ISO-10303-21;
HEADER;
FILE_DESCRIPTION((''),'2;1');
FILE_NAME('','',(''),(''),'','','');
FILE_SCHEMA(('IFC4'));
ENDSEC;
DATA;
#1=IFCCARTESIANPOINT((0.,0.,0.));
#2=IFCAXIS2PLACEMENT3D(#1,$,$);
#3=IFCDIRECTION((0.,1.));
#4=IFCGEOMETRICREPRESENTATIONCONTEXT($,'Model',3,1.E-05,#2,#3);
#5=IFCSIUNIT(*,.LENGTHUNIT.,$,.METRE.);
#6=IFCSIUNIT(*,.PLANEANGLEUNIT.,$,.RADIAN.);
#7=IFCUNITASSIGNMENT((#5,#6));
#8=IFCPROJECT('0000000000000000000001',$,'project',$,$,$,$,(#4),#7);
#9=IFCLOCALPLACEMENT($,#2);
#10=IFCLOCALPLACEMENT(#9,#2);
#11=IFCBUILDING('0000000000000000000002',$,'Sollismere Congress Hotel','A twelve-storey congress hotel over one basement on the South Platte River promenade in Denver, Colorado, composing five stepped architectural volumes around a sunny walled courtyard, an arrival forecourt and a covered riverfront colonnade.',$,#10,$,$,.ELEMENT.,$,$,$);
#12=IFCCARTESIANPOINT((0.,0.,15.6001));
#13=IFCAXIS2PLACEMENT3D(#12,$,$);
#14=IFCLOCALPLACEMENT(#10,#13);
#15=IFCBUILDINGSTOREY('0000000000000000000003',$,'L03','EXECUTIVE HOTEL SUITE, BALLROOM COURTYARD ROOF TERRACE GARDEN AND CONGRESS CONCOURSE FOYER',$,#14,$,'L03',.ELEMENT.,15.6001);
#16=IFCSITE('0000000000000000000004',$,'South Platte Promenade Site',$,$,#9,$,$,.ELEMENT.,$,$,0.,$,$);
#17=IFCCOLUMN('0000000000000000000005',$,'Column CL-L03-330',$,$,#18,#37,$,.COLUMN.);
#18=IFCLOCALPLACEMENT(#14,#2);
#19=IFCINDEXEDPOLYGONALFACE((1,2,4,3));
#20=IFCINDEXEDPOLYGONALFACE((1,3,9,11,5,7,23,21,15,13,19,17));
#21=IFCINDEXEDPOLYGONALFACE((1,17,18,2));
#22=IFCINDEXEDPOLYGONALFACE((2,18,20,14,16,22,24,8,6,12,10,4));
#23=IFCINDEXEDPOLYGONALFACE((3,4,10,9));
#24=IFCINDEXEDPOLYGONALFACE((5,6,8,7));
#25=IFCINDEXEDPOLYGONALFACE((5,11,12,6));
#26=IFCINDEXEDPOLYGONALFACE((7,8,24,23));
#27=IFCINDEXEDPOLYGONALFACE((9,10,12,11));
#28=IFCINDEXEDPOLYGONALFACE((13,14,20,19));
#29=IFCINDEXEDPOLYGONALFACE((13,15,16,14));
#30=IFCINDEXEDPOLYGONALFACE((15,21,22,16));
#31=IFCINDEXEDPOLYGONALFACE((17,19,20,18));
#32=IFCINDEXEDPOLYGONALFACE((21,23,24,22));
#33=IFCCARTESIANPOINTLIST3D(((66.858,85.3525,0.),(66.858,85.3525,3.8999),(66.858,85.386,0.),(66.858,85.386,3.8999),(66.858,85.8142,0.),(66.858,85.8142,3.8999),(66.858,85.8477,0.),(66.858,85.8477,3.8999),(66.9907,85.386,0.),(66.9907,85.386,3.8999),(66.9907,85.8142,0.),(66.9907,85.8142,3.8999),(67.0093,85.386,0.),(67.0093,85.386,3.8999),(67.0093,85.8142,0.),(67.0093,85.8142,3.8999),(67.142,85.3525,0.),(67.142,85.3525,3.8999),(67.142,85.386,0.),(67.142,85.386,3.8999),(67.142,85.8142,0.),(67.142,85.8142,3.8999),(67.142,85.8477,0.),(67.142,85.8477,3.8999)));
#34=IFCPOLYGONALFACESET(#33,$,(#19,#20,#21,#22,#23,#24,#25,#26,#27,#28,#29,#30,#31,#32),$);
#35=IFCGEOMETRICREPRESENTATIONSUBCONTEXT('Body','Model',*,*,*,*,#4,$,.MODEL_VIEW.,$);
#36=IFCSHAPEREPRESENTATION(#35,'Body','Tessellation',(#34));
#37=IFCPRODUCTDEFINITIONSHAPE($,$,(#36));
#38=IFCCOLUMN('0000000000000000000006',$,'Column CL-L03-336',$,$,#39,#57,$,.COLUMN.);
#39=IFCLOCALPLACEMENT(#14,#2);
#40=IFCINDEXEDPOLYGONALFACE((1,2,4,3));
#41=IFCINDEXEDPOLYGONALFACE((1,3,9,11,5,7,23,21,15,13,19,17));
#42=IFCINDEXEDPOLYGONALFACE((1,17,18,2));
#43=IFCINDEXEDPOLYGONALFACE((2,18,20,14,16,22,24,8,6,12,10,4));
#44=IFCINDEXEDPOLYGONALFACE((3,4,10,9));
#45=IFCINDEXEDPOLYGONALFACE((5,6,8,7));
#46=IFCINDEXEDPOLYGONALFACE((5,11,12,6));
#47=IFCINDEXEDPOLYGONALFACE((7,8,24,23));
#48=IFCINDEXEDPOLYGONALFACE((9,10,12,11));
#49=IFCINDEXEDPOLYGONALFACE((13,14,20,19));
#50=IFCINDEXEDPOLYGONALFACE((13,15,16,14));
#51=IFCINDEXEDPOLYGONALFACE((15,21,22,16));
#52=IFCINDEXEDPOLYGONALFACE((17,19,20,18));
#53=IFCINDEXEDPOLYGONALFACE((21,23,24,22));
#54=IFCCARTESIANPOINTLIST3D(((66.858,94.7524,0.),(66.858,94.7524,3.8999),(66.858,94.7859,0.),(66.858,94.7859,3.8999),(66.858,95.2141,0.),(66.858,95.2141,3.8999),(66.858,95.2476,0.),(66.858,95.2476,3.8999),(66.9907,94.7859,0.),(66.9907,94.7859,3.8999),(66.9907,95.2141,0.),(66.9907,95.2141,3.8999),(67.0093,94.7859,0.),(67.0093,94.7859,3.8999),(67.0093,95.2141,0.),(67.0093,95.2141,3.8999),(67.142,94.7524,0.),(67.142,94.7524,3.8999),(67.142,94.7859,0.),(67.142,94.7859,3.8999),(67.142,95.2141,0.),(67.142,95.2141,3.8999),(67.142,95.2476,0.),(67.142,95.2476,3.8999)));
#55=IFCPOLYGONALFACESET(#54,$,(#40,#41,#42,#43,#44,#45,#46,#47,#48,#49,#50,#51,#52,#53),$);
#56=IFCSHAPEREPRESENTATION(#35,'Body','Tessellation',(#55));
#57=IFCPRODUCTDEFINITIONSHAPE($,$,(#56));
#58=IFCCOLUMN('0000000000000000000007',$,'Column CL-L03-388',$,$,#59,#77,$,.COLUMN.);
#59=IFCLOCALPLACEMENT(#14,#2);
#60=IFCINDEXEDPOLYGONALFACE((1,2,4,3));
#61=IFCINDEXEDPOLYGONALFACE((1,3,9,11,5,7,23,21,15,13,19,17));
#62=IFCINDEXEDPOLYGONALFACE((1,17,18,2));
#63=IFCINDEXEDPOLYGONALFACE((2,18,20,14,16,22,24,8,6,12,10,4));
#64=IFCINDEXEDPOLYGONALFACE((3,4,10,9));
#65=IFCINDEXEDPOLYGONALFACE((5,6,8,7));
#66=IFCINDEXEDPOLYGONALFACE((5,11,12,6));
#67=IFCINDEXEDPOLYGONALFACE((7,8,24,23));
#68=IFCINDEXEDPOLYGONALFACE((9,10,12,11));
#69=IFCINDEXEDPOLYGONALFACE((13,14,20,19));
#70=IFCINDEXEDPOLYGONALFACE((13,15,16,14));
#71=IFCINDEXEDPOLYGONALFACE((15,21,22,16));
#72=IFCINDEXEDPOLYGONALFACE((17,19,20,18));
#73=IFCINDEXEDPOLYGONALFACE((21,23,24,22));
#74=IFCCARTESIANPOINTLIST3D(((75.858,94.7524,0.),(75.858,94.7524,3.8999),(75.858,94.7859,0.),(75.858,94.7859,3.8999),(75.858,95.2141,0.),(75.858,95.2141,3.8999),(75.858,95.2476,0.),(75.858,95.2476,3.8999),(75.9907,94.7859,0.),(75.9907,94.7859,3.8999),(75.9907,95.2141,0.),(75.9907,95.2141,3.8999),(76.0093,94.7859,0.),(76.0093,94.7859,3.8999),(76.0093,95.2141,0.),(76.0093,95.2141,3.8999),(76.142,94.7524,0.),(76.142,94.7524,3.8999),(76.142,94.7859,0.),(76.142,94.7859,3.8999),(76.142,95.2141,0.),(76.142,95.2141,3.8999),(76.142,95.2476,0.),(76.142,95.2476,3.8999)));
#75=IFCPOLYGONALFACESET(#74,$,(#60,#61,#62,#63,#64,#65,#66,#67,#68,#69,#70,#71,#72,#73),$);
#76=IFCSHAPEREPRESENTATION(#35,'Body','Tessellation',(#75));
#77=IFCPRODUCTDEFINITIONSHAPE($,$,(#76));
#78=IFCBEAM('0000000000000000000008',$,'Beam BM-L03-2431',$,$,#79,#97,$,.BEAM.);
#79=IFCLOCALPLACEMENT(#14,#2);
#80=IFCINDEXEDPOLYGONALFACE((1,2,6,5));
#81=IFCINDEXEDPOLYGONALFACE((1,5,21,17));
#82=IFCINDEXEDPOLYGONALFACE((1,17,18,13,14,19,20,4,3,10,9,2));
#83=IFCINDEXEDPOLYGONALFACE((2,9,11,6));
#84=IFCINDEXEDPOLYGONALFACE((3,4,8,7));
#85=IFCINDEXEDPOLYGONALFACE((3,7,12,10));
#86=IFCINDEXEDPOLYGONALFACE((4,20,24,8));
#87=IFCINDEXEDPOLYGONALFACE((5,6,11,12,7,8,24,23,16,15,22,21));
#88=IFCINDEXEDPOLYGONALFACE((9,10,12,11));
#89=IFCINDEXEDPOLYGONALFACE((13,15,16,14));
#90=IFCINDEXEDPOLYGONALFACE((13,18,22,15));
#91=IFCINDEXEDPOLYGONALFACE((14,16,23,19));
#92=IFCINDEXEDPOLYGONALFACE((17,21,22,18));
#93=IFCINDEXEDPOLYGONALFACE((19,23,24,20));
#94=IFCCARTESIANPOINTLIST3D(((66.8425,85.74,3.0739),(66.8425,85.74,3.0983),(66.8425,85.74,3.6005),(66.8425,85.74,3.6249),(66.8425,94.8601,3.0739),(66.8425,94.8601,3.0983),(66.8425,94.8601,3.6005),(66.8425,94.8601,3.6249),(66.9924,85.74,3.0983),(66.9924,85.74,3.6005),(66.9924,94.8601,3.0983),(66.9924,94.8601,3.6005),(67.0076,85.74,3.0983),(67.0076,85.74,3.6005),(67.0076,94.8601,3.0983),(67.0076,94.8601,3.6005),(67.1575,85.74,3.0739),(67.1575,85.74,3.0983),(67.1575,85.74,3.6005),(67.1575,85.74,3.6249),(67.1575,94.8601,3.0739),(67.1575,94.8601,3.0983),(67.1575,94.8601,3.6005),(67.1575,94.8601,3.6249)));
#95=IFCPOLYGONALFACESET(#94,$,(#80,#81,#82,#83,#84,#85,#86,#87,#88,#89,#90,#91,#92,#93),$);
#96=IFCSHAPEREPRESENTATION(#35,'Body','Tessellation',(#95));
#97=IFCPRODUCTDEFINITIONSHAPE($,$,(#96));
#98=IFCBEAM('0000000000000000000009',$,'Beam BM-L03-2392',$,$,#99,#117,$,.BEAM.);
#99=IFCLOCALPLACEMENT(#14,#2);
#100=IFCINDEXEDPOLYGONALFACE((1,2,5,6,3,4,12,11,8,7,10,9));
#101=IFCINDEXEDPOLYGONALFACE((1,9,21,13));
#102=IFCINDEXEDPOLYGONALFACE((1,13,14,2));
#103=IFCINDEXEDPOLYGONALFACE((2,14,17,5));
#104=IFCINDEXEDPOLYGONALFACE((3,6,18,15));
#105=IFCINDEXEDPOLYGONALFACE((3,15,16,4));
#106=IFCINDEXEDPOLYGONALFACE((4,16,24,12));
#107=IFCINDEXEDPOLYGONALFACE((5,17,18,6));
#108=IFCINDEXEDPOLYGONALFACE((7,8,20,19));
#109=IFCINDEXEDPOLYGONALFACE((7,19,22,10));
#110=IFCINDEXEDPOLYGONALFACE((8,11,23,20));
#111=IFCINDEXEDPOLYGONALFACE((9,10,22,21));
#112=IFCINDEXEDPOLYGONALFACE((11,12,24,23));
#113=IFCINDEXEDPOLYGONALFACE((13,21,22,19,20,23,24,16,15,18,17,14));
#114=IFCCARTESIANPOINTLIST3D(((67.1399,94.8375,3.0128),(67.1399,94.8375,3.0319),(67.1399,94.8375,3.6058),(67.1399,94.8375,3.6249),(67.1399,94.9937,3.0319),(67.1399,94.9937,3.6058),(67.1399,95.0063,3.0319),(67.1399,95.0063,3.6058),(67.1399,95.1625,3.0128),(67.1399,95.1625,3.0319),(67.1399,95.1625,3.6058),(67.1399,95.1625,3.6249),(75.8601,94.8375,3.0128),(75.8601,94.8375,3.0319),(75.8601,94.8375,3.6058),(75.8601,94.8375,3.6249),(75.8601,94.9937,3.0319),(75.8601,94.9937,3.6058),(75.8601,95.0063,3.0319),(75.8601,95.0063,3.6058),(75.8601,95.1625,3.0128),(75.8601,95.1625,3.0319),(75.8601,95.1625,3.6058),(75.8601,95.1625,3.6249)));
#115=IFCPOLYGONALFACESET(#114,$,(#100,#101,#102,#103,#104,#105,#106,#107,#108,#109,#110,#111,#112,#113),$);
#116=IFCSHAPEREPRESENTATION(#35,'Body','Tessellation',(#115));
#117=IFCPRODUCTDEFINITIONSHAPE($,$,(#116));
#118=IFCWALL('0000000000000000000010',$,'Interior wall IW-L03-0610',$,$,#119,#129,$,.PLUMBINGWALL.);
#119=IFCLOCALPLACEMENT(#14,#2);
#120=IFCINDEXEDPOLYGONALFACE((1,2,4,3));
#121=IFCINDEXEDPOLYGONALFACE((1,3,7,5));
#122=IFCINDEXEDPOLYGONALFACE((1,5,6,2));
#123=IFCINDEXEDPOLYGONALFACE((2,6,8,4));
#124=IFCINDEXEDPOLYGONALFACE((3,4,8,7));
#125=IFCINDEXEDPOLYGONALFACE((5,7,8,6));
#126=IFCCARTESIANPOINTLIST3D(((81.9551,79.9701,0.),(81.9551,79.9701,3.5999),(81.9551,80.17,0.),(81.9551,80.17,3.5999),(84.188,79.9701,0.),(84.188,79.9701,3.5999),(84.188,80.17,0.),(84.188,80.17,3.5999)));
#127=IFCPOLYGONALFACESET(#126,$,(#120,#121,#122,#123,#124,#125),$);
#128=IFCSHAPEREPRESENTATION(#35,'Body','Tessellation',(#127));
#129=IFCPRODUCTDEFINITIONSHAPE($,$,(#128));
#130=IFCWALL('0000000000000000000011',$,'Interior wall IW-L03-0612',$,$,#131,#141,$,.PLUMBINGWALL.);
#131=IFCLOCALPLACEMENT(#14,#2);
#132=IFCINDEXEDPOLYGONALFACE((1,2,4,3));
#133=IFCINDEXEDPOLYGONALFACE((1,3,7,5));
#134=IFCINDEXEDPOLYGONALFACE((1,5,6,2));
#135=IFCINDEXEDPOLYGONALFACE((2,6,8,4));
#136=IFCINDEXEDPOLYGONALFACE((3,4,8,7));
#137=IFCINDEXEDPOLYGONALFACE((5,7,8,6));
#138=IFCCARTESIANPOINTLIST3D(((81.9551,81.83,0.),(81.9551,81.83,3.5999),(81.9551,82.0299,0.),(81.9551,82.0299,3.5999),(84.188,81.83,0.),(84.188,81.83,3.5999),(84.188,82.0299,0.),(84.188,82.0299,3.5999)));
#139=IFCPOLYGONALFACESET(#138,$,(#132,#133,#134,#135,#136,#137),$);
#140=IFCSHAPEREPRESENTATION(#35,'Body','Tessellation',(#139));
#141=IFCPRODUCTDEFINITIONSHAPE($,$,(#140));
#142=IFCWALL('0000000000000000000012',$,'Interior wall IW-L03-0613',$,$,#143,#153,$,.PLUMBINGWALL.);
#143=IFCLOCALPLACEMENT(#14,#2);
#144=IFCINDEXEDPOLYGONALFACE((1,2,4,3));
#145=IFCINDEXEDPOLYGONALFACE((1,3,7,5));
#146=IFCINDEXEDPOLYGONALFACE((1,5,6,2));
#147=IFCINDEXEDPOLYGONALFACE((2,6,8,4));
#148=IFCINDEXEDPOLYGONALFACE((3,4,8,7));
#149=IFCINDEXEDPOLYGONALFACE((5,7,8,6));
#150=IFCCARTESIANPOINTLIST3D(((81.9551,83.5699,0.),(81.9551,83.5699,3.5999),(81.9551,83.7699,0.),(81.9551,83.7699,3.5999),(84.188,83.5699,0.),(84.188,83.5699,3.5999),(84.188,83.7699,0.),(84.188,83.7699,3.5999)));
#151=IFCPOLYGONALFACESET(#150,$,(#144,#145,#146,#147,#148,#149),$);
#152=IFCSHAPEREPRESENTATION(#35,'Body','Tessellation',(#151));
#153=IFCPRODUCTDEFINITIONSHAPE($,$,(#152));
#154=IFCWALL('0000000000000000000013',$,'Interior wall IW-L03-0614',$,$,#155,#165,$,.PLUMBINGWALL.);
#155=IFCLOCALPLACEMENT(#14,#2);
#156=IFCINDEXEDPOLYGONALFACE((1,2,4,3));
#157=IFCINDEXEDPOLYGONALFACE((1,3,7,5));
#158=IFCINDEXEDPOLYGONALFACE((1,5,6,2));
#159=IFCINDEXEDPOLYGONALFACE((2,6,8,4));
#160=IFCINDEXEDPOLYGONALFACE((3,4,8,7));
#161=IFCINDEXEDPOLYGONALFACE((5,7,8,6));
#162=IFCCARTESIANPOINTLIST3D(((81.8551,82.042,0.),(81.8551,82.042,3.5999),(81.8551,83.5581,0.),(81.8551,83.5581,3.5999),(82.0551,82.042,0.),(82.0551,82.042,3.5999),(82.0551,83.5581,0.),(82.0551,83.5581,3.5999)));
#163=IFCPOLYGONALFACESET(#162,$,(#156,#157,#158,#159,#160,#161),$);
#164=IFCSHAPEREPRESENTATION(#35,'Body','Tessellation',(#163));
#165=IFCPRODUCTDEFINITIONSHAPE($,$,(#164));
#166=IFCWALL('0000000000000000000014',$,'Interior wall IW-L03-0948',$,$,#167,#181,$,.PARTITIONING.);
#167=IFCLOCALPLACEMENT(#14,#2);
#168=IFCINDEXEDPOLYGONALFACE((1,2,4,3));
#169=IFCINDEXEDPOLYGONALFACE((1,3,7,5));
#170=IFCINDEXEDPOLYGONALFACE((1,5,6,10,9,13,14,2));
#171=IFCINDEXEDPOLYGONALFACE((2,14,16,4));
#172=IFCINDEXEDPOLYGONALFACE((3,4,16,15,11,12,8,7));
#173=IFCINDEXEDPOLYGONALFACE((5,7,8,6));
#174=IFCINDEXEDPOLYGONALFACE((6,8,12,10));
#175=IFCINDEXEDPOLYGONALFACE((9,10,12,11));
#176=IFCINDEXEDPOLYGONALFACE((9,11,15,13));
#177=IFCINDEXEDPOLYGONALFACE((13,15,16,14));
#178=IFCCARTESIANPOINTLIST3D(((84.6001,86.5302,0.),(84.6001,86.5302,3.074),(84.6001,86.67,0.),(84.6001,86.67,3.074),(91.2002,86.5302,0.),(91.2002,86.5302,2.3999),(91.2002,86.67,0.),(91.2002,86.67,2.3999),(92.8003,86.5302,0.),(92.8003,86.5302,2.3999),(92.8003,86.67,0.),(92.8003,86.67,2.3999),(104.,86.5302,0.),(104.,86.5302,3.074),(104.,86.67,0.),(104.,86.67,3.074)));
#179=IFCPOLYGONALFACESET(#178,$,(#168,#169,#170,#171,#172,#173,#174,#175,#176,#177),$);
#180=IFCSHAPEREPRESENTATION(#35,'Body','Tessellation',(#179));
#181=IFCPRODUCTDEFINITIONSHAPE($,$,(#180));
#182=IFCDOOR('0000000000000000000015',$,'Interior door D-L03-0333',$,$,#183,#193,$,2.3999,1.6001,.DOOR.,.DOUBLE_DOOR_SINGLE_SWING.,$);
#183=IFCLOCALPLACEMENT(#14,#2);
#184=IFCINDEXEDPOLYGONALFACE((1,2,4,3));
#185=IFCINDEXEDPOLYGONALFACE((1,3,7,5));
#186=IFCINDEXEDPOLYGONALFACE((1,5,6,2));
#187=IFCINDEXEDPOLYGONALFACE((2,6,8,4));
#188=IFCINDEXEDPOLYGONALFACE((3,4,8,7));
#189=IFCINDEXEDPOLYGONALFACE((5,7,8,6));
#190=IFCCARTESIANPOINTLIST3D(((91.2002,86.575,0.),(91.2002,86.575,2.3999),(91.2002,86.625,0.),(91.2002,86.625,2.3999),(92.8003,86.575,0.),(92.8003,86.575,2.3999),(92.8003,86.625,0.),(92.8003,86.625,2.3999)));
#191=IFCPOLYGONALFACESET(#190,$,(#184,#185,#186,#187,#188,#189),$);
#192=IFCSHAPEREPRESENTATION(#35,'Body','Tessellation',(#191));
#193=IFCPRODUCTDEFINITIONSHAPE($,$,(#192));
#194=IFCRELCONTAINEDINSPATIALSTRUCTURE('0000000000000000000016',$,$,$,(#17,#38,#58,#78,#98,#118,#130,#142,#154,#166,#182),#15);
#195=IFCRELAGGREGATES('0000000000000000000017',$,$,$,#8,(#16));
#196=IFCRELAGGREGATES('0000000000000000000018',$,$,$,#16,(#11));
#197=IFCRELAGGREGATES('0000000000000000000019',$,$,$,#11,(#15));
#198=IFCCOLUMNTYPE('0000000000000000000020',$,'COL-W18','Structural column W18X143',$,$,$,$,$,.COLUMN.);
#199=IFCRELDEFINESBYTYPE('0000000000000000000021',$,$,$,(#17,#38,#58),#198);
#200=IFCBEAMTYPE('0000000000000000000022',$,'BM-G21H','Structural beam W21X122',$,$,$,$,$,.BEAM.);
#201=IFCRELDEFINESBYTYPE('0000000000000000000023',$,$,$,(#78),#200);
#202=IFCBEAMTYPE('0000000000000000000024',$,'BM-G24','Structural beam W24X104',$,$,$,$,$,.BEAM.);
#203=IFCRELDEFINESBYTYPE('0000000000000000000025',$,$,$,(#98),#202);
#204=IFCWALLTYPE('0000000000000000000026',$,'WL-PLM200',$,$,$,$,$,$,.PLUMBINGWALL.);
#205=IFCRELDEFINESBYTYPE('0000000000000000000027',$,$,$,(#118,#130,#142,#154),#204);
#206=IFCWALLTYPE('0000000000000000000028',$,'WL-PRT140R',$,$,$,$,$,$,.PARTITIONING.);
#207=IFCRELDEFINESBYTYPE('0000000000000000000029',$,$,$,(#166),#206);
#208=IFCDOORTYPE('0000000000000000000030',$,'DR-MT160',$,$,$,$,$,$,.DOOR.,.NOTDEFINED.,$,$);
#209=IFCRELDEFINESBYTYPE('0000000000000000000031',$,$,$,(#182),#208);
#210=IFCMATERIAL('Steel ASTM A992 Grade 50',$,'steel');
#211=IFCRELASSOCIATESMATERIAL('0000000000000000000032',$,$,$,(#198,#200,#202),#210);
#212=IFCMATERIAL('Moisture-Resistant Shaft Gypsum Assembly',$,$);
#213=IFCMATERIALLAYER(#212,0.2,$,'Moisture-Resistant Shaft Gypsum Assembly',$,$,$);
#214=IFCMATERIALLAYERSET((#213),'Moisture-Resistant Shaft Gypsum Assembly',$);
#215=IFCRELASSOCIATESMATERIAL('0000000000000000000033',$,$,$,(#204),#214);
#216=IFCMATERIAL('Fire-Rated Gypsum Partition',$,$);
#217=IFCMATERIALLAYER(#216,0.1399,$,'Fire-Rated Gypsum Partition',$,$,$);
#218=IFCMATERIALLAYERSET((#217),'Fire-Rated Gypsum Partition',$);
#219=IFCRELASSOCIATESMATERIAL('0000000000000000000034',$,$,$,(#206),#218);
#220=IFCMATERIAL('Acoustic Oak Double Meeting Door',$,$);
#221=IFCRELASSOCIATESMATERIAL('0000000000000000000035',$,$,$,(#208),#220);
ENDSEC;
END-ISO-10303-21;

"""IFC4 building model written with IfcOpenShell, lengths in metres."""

from ifc_helpers import new_model, si_unit, direction, frame, frame_2d, origin, origin_2d, place, context, subcontext, project, spatial, rectangle, i_section, extrude, material, layer, layer_set, material_profile, profile_set, type_object, element, fill, save


model = new_model("IFC4")

# Units and contexts
model_context = context("Model", 3, precision=1e-05, world=origin(), true_north=direction((0.0, 1.0)))
body_context = subcontext(model_context, "Body", "Model", "MODEL_VIEW")
ifc_project = project(units=[si_unit("LENGTHUNIT", "METRE"), si_unit("PLANEANGLEUNIT", "RADIAN")], contexts=[model_context])

# Site, building, storey
site_placement = place(None, origin())
site = spatial("IfcSite", under=ifc_project, at=site_placement, Name="South Platte Promenade Site", CompositionType="ELEMENT", RefElevation=0.0)
building_placement = place(site_placement, origin())
building = spatial("IfcBuilding", under=site, at=building_placement, Name="Sollismere Congress Hotel", Description="A twelve-storey congress hotel over one basement on the South Platte River promenade in Denver, Colorado, composing five stepped architectural volumes around a sunny walled courtyard, an arrival forecourt and a covered riverfront colonnade.", CompositionType="ELEMENT")
storey_placement = place(building_placement, frame((0.0, 0.0, 15.6001)))
storey = spatial("IfcBuildingStorey", under=building, at=storey_placement, Name="L03", Description="EXECUTIVE HOTEL SUITE, BALLROOM COURTYARD ROOF TERRACE GARDEN AND CONGRESS CONCOURSE FOYER", LongName="L03", CompositionType="ELEMENT", Elevation=15.6001)

# Columns
ifc_material_1 = material(Name="Steel ASTM A992 Grade 50", Category="steel")
ifc_material_profile_1 = material_profile(ifc_material_1, i_section(OverallWidth=0.2839, OverallDepth=0.4951, WebThickness=0.0186, FlangeThickness=0.0334, at=origin_2d()), Name="W18X143")
ifc_profile_set_1 = profile_set([ifc_material_profile_1], Name="Steel ASTM A992 Grade 50")
column_type = type_object("IfcColumnType", Name="COL-W18", Description="Structural column W18X143", PredefinedType="COLUMN", material=ifc_profile_set_1)
for number, where, z_axis, x_axis, name in (
    (1, (67.0, 85.6001, 0.0), (0.0, 0.0, 1.0), (1.0, 0.0, 0.0), "Column CL-L03-330"),
    (2, (67.0, 95.0, 0.0), (0.0, 0.0, 1.0), (1.0, 0.0, 0.0), "Column CL-L03-336"),
    (3, (76.0, 95.0, 0.0), (0.0, 0.0, 1.0), (1.0, 0.0, 0.0), "Column CL-L03-388"),
):
    element("IfcColumn", number, at=place(storey_placement, frame(where, z_axis=z_axis, x_axis=x_axis)), inside=storey, type_object=column_type, Name=name, PredefinedType="COLUMN", context=body_context, shape_type="SweptSolid", body=[
        extrude(i_section(OverallWidth=0.2839, OverallDepth=0.4951, WebThickness=0.0186, FlangeThickness=0.0334, at=origin_2d()), origin(), (0.0, 0.0, 1.0), 3.8999),
    ])

# Beams
ifc_material_profile_2 = material_profile(ifc_material_1, i_section(OverallWidth=0.3149, OverallDepth=0.551, WebThickness=0.0151, FlangeThickness=0.0244, at=origin_2d()), Name="W21X122")
ifc_profile_set_2 = profile_set([ifc_material_profile_2], Name="Steel ASTM A992 Grade 50")
beam_type_1 = type_object("IfcBeamType", Name="BM-G21H", Description="Structural beam W21X122", PredefinedType="BEAM", material=ifc_profile_set_2)
beam_1_placement = place(storey_placement, frame((67.0, 85.74, 3.3494), z_axis=(0.0, 1.0, 0.0), x_axis=(-1.0, 0.0, 0.0)))
element("IfcBeam", 4, at=beam_1_placement, inside=storey, type_object=beam_type_1, Name="Beam BM-L03-2431", PredefinedType="BEAM", context=body_context, shape_type="SweptSolid", body=[
    extrude(i_section(OverallWidth=0.3149, OverallDepth=0.551, WebThickness=0.0151, FlangeThickness=0.0244, at=origin_2d()), origin(), (0.0, 0.0, 1.0), 9.1201),
])
ifc_material_profile_3 = material_profile(ifc_material_1, i_section(OverallWidth=0.325, OverallDepth=0.6121, WebThickness=0.0127, FlangeThickness=0.019, at=origin_2d()), Name="W24X104")
ifc_profile_set_3 = profile_set([ifc_material_profile_3], Name="Steel ASTM A992 Grade 50")
beam_type_2 = type_object("IfcBeamType", Name="BM-G24", Description="Structural beam W24X104", PredefinedType="BEAM", material=ifc_profile_set_3)
beam_2_placement = place(storey_placement, frame((67.1399, 95.0, 3.3188), z_axis=(1.0, 0.0, 0.0), x_axis=(0.0, 1.0, 0.0)))
element("IfcBeam", 5, at=beam_2_placement, inside=storey, type_object=beam_type_2, Name="Beam BM-L03-2392", PredefinedType="BEAM", context=body_context, shape_type="SweptSolid", body=[
    extrude(i_section(OverallWidth=0.325, OverallDepth=0.6121, WebThickness=0.0127, FlangeThickness=0.019, at=origin_2d()), origin(), (0.0, 0.0, 1.0), 8.7202),
])

# Walls
ifc_material_2 = material(Name="Moisture-Resistant Shaft Gypsum Assembly")
ifc_layer_1 = layer(ifc_material_2, 0.2, Name="Moisture-Resistant Shaft Gypsum Assembly")
ifc_layer_set_1 = layer_set([ifc_layer_1], Name="Moisture-Resistant Shaft Gypsum Assembly")
wall_type_1 = type_object("IfcWallType", Name="WL-PLM200", PredefinedType="PLUMBINGWALL", material=ifc_layer_set_1)
for number, where, z_axis, x_axis, name in (
    (6, (81.9551, 80.0701, 0.0), (0.0, 0.0, 1.0), (1.0, 0.0, 0.0), "Interior wall IW-L03-0610"),
    (7, (81.9551, 81.9299, 0.0), (0.0, 0.0, 1.0), (1.0, 0.0, 0.0), "Interior wall IW-L03-0612"),
    (8, (81.9551, 83.6699, 0.0), (0.0, 0.0, 1.0), (1.0, 0.0, 0.0), "Interior wall IW-L03-0613"),
):
    element("IfcWall", number, at=place(storey_placement, frame(where, z_axis=z_axis, x_axis=x_axis)), inside=storey, type_object=wall_type_1, Name=name, PredefinedType="PLUMBINGWALL", context=body_context, shape_type="SweptSolid", body=[
        extrude(rectangle(XDim=2.2329, YDim=0.2, at=frame_2d((1.1165, 0.0))), origin(), (0.0, 0.0, 1.0), 3.5999),
    ])
wall_1_placement = place(storey_placement, frame((81.9551, 82.042, 0.0), z_axis=(0.0, 0.0, 1.0), x_axis=(0.0, 1.0, 0.0)))
element("IfcWall", 9, at=wall_1_placement, inside=storey, type_object=wall_type_1, Name="Interior wall IW-L03-0614", PredefinedType="PLUMBINGWALL", context=body_context, shape_type="SweptSolid", body=[
    extrude(rectangle(XDim=1.5161, YDim=0.2, at=frame_2d((0.7581, 0.0))), origin(), (0.0, 0.0, 1.0), 3.5999),
])

# Wall, opening, door
ifc_material_3 = material(Name="Fire-Rated Gypsum Partition")
ifc_layer_2 = layer(ifc_material_3, 0.1399, Name="Fire-Rated Gypsum Partition")
ifc_layer_set_2 = layer_set([ifc_layer_2], Name="Fire-Rated Gypsum Partition")
wall_type_2 = type_object("IfcWallType", Name="WL-PRT140R", PredefinedType="PARTITIONING", material=ifc_layer_set_2)
wall_2_placement = place(storey_placement, frame((84.6001, 86.6001, 0.0), z_axis=(0.0, 0.0, 1.0), x_axis=(1.0, 0.0, 0.0)))
wall_2 = element("IfcWall", 10, at=wall_2_placement, inside=storey, type_object=wall_type_2, Name="Interior wall IW-L03-0948", PredefinedType="PARTITIONING", context=body_context, shape_type="SweptSolid", body=[
    extrude(rectangle(XDim=19.3999, YDim=0.1399, at=frame_2d((9.7, 0.0))), origin(), (0.0, 0.0, 1.0), 3.074),
])
opening_placement = place(wall_2_placement, frame((6.6001, 0.0, 0.0)))
opening = element("IfcOpeningElement", 11, at=opening_placement, cuts=wall_2, PredefinedType="OPENING", context=body_context, shape_type="SweptSolid", body=[
    extrude(rectangle(XDim=1.6001, YDim=2.3999, at=frame_2d((0.8, 1.2))), frame((0.0, 0.0798, 0.0), z_axis=(0.0, -1.0, 0.0), x_axis=(1.0, 0.0, 0.0)), (0.0, 0.0, 1.0), 0.1599),
])
ifc_material_4 = material(Name="Acoustic Oak Double Meeting Door")
door_type = type_object("IfcDoorType", Name="DR-MT160", OperationType="NOTDEFINED", PredefinedType="DOOR", material=ifc_material_4)
door_placement = place(opening_placement, origin())
door = element("IfcDoor", 12, at=door_placement, inside=storey, type_object=door_type, Name="Interior door D-L03-0333", OperationType="DOUBLE_DOOR_SINGLE_SWING", OverallHeight=2.3999, OverallWidth=1.6001, PredefinedType="DOOR", context=body_context, shape_type="SweptSolid", body=[
    extrude(rectangle(XDim=1.6001, YDim=2.3999, at=frame_2d((0.8, 1.2))), frame((0.0, 0.0249, 0.0), z_axis=(0.0, -1.0, 0.0), x_axis=(1.0, 0.0, 0.0)), (0.0, 0.0, 1.0), 0.05),
])
fill(opening, door)

save(model, "model.ifc")
